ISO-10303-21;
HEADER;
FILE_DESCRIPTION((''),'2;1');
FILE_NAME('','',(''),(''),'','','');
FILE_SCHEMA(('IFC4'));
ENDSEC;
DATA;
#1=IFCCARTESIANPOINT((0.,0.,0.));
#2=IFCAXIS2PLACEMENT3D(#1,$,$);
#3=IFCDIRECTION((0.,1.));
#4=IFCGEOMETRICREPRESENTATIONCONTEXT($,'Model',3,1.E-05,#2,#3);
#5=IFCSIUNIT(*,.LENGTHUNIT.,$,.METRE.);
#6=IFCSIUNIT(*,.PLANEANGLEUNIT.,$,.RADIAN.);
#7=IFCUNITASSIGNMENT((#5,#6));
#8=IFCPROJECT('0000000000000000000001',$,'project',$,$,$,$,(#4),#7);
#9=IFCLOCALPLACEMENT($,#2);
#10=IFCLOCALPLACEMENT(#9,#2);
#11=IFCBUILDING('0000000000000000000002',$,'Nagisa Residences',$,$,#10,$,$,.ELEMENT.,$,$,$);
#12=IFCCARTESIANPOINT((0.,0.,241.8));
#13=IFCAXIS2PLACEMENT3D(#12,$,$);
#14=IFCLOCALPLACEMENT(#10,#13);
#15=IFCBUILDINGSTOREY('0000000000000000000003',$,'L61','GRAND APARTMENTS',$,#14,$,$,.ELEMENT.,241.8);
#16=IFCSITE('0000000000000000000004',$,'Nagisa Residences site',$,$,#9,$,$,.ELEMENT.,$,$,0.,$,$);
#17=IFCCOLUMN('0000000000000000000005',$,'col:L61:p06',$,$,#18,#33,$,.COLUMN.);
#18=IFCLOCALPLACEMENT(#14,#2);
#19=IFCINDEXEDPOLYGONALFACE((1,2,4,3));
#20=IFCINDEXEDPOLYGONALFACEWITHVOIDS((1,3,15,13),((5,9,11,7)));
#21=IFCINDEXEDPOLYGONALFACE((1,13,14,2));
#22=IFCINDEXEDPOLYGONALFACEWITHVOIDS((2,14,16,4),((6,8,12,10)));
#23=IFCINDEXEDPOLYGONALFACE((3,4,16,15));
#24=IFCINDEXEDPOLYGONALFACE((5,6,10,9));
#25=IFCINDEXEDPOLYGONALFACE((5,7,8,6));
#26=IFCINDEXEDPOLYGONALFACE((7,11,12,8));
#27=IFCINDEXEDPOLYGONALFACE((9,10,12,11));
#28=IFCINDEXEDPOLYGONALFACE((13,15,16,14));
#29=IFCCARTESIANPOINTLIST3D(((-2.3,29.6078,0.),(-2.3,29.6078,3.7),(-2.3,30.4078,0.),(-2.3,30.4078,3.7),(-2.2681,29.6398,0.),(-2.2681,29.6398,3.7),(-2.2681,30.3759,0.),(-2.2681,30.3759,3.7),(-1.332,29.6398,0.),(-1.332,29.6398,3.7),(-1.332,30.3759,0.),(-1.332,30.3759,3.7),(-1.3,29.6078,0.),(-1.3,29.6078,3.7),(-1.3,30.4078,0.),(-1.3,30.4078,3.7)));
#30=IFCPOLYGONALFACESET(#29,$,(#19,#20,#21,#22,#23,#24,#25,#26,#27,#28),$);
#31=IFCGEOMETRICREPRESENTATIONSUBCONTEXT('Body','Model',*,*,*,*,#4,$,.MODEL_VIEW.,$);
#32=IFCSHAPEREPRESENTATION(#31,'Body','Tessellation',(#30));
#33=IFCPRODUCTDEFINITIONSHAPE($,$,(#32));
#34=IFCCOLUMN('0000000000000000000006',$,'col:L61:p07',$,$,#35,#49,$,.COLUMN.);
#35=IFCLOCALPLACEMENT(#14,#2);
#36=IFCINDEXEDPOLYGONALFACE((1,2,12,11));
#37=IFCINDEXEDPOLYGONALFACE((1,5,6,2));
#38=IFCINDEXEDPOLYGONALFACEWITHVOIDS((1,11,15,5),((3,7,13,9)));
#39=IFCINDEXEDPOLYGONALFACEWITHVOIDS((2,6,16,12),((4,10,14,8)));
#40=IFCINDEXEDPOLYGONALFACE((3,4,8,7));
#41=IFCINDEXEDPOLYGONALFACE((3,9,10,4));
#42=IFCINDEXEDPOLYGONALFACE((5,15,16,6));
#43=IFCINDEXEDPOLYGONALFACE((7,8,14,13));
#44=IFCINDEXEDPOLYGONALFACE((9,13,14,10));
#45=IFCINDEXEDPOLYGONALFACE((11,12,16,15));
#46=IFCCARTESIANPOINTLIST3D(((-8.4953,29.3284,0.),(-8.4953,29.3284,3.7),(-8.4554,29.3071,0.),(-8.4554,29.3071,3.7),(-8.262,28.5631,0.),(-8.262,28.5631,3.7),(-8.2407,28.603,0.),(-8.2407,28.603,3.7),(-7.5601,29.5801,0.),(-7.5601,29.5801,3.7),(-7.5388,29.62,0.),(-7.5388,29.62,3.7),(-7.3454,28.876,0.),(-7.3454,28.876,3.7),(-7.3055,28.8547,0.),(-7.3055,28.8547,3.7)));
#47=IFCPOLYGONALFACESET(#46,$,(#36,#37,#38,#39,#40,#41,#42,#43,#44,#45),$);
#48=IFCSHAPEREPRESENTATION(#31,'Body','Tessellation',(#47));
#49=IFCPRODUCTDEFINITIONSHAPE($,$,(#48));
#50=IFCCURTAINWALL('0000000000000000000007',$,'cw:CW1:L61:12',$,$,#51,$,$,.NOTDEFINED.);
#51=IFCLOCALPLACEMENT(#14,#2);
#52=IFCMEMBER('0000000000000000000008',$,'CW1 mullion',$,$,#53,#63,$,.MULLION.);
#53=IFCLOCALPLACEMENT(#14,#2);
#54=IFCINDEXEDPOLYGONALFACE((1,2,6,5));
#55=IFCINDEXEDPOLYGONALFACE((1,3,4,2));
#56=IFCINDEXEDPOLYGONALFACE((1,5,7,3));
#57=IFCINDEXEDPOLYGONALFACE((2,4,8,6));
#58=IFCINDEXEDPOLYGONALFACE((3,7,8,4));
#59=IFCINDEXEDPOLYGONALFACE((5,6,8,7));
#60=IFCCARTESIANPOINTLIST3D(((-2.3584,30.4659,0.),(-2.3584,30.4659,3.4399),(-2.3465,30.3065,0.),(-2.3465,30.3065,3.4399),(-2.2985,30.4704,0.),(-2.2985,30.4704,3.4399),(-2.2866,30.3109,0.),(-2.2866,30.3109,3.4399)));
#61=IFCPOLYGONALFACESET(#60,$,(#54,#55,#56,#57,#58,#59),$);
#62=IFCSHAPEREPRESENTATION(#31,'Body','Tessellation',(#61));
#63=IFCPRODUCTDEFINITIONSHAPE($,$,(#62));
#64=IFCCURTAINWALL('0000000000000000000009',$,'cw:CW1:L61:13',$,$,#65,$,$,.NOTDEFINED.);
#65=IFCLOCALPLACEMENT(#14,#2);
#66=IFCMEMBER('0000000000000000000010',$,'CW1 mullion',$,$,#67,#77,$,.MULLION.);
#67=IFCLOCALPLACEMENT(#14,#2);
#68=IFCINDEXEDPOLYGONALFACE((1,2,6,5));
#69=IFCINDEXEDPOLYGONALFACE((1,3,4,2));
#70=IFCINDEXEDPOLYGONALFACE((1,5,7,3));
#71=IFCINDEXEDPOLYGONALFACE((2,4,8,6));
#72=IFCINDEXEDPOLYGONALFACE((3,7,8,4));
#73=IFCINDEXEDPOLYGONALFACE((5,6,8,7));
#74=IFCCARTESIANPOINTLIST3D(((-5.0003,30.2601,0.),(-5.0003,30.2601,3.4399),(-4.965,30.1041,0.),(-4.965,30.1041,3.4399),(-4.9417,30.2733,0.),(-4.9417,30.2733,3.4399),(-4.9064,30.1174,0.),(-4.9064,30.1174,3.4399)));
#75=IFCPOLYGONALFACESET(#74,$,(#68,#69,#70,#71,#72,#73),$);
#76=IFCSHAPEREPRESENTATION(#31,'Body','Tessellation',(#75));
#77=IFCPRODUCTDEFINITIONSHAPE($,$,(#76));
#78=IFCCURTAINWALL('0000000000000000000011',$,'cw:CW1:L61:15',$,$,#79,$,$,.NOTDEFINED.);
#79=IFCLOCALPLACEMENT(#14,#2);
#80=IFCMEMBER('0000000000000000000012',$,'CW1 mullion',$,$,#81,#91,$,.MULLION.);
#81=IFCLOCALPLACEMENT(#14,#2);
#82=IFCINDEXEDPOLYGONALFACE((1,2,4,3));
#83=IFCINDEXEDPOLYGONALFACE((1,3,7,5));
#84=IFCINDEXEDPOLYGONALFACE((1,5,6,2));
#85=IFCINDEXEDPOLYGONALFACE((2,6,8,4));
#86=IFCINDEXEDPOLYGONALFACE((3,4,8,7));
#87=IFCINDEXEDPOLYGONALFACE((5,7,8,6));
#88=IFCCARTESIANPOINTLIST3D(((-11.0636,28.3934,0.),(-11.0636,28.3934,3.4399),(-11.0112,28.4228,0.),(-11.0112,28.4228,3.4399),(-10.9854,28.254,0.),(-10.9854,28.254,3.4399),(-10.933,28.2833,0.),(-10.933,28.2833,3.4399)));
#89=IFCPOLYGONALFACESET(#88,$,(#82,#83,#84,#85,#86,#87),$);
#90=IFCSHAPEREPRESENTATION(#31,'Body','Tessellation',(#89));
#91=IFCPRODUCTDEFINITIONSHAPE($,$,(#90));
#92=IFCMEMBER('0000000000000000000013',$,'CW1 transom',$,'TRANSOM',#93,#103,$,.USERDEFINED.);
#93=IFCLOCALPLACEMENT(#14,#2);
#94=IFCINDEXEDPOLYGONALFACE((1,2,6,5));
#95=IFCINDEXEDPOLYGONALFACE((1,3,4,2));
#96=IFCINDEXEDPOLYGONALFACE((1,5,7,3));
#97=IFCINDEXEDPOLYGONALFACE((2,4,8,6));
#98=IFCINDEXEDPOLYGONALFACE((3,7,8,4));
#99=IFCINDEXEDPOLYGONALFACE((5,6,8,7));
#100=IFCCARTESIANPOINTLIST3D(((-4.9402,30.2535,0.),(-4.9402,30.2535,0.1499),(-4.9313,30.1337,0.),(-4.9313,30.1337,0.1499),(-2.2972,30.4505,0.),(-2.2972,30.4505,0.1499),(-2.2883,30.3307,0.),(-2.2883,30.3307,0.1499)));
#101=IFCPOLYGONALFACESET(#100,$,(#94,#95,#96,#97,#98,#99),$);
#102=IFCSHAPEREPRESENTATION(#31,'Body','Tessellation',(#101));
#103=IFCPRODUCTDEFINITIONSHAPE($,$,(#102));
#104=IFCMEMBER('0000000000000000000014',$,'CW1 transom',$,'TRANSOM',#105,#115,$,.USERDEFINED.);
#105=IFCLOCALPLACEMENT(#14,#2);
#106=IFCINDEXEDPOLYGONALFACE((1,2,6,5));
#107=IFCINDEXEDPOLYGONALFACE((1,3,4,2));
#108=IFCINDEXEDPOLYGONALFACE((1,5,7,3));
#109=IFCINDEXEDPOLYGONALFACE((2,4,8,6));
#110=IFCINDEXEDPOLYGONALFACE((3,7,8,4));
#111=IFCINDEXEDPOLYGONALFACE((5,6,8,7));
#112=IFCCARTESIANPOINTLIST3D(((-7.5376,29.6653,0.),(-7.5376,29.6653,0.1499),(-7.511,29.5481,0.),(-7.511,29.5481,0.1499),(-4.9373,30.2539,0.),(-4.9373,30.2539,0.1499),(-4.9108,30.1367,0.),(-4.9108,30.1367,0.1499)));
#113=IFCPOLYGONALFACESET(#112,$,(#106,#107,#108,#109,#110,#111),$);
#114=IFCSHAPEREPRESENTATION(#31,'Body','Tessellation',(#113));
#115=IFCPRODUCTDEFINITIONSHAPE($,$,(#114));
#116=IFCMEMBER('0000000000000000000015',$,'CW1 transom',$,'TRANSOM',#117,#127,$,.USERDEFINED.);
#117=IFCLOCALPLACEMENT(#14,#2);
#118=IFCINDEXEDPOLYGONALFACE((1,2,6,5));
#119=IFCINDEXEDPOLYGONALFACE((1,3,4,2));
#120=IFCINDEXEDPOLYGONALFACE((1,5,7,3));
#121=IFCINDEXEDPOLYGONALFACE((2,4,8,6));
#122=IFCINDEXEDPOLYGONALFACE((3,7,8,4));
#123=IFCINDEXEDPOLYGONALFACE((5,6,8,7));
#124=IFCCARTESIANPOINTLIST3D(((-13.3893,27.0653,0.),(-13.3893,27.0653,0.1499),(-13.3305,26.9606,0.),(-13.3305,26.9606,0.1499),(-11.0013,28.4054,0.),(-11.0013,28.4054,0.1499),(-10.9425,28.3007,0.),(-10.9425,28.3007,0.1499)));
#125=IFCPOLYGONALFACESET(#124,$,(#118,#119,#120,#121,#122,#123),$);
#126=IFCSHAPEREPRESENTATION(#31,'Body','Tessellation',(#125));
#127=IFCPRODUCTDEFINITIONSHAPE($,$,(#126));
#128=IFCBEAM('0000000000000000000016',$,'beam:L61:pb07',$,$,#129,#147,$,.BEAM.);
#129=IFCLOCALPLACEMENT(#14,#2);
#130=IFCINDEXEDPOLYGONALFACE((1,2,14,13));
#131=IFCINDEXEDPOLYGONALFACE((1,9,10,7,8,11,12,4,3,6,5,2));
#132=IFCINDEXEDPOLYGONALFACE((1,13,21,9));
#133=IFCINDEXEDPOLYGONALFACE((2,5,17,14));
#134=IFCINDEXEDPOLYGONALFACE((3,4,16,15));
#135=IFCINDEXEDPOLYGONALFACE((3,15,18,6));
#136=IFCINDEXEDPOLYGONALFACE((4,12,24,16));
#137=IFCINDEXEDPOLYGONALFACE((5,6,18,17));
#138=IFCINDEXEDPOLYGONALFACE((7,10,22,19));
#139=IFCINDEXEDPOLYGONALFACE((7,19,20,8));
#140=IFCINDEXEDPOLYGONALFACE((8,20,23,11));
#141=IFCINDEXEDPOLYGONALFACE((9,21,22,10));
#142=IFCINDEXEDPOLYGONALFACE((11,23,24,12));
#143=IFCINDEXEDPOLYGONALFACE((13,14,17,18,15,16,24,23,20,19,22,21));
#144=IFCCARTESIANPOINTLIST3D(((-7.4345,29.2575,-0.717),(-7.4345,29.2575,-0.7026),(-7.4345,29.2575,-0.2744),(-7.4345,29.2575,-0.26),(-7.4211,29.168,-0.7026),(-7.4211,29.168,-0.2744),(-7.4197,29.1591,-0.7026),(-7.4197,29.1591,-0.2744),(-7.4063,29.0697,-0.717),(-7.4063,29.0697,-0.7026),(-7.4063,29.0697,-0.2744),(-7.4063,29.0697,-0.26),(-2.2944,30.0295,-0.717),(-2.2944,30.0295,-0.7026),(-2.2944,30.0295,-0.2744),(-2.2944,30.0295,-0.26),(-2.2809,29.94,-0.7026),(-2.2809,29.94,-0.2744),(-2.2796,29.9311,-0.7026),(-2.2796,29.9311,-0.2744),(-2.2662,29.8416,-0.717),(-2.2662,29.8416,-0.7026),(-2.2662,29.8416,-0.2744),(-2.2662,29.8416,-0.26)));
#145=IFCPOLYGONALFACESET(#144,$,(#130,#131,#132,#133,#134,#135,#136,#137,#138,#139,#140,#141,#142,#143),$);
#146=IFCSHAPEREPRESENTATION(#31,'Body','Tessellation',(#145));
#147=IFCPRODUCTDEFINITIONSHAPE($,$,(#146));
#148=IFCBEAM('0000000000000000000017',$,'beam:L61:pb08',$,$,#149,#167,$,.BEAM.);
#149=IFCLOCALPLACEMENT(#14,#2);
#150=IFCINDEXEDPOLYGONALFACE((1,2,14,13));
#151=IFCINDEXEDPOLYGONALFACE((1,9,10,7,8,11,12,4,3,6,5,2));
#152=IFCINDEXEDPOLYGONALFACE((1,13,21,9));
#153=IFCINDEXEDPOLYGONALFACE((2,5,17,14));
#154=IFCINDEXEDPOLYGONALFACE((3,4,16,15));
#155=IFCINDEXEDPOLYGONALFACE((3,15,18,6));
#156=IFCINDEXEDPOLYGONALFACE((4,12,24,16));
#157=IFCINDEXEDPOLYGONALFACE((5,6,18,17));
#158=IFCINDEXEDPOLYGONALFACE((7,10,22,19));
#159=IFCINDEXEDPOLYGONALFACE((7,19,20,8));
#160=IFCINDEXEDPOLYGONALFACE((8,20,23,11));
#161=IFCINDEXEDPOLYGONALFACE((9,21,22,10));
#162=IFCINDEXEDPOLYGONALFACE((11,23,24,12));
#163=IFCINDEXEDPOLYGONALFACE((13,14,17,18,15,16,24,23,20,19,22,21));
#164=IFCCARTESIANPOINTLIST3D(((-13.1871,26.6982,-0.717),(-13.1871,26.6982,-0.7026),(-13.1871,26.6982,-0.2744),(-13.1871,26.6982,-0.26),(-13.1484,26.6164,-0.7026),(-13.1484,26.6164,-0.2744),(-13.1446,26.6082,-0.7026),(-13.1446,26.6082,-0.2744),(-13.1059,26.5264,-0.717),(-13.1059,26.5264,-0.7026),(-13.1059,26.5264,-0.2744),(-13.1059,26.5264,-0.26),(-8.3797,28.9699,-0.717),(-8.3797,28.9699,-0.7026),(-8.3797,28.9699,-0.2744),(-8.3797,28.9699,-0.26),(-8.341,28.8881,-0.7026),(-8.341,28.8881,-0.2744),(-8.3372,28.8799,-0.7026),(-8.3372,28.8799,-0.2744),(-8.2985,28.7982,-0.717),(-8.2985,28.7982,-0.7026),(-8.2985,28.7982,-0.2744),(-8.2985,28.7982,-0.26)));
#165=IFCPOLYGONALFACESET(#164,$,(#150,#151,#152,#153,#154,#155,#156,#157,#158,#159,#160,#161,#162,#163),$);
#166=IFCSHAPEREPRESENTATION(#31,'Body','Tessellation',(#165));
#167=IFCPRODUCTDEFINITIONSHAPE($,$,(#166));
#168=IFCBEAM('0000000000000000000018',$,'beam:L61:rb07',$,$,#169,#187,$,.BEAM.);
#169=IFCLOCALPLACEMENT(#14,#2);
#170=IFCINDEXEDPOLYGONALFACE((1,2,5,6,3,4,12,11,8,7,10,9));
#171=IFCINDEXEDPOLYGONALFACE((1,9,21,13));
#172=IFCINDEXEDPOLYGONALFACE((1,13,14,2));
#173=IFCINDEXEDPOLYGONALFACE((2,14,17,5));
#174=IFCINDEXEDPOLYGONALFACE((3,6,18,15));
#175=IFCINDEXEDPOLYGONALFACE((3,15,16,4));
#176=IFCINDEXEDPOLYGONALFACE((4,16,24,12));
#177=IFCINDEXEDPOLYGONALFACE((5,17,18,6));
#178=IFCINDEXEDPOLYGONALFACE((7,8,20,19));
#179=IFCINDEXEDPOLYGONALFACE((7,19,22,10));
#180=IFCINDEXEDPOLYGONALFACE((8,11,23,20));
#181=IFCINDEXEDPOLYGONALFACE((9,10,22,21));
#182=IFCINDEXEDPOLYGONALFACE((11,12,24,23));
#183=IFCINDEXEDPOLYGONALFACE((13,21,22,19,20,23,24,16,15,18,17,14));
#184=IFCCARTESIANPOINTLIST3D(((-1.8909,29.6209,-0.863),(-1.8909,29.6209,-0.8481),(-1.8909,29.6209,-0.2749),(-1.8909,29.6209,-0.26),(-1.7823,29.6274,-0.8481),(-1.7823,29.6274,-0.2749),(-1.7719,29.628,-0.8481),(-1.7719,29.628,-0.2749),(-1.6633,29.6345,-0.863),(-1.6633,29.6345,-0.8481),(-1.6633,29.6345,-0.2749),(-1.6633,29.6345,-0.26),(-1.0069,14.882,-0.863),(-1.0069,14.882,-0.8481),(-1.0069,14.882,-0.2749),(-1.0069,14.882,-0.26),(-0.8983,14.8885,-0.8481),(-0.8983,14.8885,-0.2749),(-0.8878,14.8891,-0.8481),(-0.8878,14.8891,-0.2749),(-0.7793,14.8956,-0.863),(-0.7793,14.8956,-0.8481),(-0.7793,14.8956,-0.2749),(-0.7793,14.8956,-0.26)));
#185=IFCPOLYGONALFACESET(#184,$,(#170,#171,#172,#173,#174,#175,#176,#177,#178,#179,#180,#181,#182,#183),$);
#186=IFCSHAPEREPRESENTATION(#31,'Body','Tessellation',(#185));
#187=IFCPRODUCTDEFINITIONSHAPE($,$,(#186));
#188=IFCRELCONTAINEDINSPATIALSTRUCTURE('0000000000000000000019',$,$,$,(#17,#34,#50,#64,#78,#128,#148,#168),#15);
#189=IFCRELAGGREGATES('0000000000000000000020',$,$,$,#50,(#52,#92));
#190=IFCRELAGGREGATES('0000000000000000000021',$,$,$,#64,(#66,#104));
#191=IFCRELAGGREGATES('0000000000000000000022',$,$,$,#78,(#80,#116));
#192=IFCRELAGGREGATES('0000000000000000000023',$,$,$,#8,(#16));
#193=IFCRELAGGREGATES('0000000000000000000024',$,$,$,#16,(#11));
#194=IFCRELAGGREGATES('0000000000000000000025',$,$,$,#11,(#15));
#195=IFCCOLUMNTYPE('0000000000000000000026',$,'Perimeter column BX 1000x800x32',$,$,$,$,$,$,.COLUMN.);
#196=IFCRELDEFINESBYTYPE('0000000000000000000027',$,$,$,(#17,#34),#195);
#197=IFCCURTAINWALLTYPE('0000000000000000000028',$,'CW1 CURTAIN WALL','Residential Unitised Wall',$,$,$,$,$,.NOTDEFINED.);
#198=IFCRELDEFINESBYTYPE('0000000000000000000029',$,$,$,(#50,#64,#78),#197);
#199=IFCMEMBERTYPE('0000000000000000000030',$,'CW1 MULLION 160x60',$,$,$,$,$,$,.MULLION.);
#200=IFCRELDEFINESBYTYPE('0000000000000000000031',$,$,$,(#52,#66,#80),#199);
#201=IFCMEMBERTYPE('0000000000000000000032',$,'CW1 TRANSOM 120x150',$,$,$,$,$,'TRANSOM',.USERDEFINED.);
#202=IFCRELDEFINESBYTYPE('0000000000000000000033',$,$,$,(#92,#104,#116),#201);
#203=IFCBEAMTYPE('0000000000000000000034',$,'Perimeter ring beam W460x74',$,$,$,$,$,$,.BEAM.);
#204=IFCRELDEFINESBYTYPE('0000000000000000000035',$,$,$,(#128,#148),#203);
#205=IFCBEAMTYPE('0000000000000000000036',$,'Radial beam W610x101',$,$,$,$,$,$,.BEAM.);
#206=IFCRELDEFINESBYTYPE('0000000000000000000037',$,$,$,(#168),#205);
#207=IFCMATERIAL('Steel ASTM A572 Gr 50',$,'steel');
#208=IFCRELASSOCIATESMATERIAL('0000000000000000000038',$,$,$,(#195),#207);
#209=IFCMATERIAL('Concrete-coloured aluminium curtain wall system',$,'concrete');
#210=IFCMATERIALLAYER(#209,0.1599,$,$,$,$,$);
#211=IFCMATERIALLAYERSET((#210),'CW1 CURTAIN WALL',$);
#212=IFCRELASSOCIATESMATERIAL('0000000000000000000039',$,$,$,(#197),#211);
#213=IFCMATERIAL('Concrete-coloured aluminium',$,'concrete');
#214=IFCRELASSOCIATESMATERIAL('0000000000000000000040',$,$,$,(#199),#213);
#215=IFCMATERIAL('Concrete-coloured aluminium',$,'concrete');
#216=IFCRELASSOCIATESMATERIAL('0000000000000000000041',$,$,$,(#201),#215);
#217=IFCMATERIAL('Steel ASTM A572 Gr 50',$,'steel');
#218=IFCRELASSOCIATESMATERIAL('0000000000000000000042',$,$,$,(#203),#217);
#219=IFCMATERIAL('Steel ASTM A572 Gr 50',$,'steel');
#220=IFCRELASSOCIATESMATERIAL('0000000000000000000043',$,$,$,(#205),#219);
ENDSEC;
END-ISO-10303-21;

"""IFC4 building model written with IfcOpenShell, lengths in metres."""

from ifc_helpers import new_model, si_unit, direction, frame, origin, origin_2d, place, context, subcontext, project, spatial, rectangle, hollow_rectangle, i_section, extrude, material, layer, layer_set, material_profile, profile_set, type_object, element, aggregate, save


model = new_model("IFC4")

# Units and contexts
model_context = context("Model", 3, precision=1e-05, world=origin(), true_north=direction((0.0, 1.0)))
body_context = subcontext(model_context, "Body", "Model", "MODEL_VIEW")
ifc_project = project(units=[si_unit("LENGTHUNIT", "METRE"), si_unit("PLANEANGLEUNIT", "RADIAN")], contexts=[model_context])

# Site, building, storey
site_placement = place(None, origin())
site = spatial("IfcSite", under=ifc_project, at=site_placement, Name="Nagisa Residences site", CompositionType="ELEMENT", RefElevation=0.0)
building_placement = place(site_placement, origin())
building = spatial("IfcBuilding", under=site, at=building_placement, Name="Nagisa Residences", CompositionType="ELEMENT")
storey_placement = place(building_placement, frame((0.0, 0.0, 241.8)))
storey = spatial("IfcBuildingStorey", under=building, at=storey_placement, Name="L61", Description="GRAND APARTMENTS", CompositionType="ELEMENT", Elevation=241.8)

# Columns
ifc_material_1 = material(Name="Steel ASTM A572 Gr 50", Category="steel")
ifc_material_profile_1 = material_profile(ifc_material_1, hollow_rectangle(XDim=1.0, YDim=0.8, WallThickness=0.032, at=origin_2d()), Name="BX 1000x800x32")
ifc_profile_set_1 = profile_set([ifc_material_profile_1], Name="Steel ASTM A572 Gr 50")
column_type = type_object("IfcColumnType", Name="Perimeter column BX 1000x800x32", PredefinedType="COLUMN", material=ifc_profile_set_1)
for number, where, z_axis, x_axis, name in (
    (1, (-1.8, 30.0078, 0.0), (0.0, 0.0, 1.0), (-1.0, 0.0, 0.0), "col:L61:p06"),
    (2, (-7.9004, 29.0916, 0.0), (0.0, 0.0, 1.0), (-0.956525, -0.291652, 0.0), "col:L61:p07"),
):
    element("IfcColumn", number, at=place(storey_placement, frame(where, z_axis=z_axis, x_axis=x_axis)), inside=storey, type_object=column_type, Name=name, PredefinedType="COLUMN", context=body_context, shape_type="SweptSolid", body=[
        extrude(hollow_rectangle(XDim=1.0, YDim=0.8, WallThickness=0.032, at=origin_2d()), origin(), (0.0, 0.0, 1.0), 3.7),
    ])

# Curtain walls, members
ifc_material_2 = material(Name="Concrete-coloured aluminium curtain wall system", Category="concrete")
ifc_layer_1 = layer(ifc_material_2, 0.1599)
ifc_layer_set_1 = layer_set([ifc_layer_1], Name="CW1 CURTAIN WALL")
curtain_wall_type = type_object("IfcCurtainWallType", Name="CW1 CURTAIN WALL", Description="Residential Unitised Wall", PredefinedType="NOTDEFINED", material=ifc_layer_set_1)
curtain_wall_1_placement = place(storey_placement, origin())
curtain_wall_1 = element("IfcCurtainWall", 3, at=curtain_wall_1_placement, inside=storey, type_object=curtain_wall_type, Name="cw:CW1:L61:12", PredefinedType="NOTDEFINED")
ifc_material_3 = material(Name="Concrete-coloured aluminium", Category="concrete")
ifc_material_profile_2 = material_profile(ifc_material_3, rectangle(XDim=0.1599, YDim=0.0601, at=origin_2d()), Name="CW1 MULLION 160x60")
ifc_profile_set_2 = profile_set([ifc_material_profile_2], Name="Concrete-coloured aluminium")
member_type_1 = type_object("IfcMemberType", Name="CW1 MULLION 160x60", PredefinedType="MULLION", material=ifc_profile_set_2)
member_1_placement = place(storey_placement, frame((-2.3225, 30.3884, 0.0), z_axis=(0.0, 0.0, 1.0), x_axis=(0.074377, -0.99723, 0.0)))
member_1 = element("IfcMember", 4, at=member_1_placement, type_object=member_type_1, Name="CW1 mullion", PredefinedType="MULLION", context=body_context, shape_type="SweptSolid", body=[
    extrude(rectangle(XDim=0.1599, YDim=0.0601, at=origin_2d()), origin(), (0.0, 0.0, 1.0), 3.4399),
])
curtain_wall_2_placement = place(storey_placement, origin())
curtain_wall_2 = element("IfcCurtainWall", 5, at=curtain_wall_2_placement, inside=storey, type_object=curtain_wall_type, Name="cw:CW1:L61:13", PredefinedType="NOTDEFINED")
member_2_placement = place(storey_placement, frame((-4.9534, 30.1887, 0.0), z_axis=(0.0, 0.0, 1.0), x_axis=(0.220764, -0.975327, 0.0)))
member_2 = element("IfcMember", 6, at=member_2_placement, type_object=member_type_1, Name="CW1 mullion", PredefinedType="MULLION", context=body_context, shape_type="SweptSolid", body=[
    extrude(rectangle(XDim=0.1599, YDim=0.0601, at=origin_2d()), origin(), (0.0, 0.0, 1.0), 3.4399),
])
curtain_wall_3_placement = place(storey_placement, origin())
curtain_wall_3 = element("IfcCurtainWall", 7, at=curtain_wall_3_placement, inside=storey, type_object=curtain_wall_type, Name="cw:CW1:L61:15", PredefinedType="NOTDEFINED")
member_3_placement = place(storey_placement, frame((-10.9983, 28.3384, 0.0), z_axis=(0.0, 0.0, 1.0), x_axis=(0.489377, -0.872072, 0.0)))
member_3 = element("IfcMember", 8, at=member_3_placement, type_object=member_type_1, Name="CW1 mullion", PredefinedType="MULLION", context=body_context, shape_type="SweptSolid", body=[
    extrude(rectangle(XDim=0.1599, YDim=0.0601, at=origin_2d()), origin(), (0.0, 0.0, 1.0), 3.4399),
])

# Members
ifc_material_4 = material(Name="Concrete-coloured aluminium", Category="concrete")
ifc_material_profile_3 = material_profile(ifc_material_4, rectangle(XDim=0.1201, YDim=0.1499, at=origin_2d()), Name="CW1 TRANSOM 120x150")
ifc_profile_set_3 = profile_set([ifc_material_profile_3], Name="Concrete-coloured aluminium")
member_type_2 = type_object("IfcMemberType", Name="CW1 TRANSOM 120x150", ElementType="TRANSOM", PredefinedType="USERDEFINED", material=ifc_profile_set_3)
member_4_placement = place(storey_placement, frame((-2.2927, 30.3906, 0.075), z_axis=(-0.997233, -0.074337, 0.0), x_axis=(0.074337, -0.997233, 0.0)))
member_4 = element("IfcMember", 9, at=member_4_placement, type_object=member_type_2, Name="CW1 transom", ObjectType="TRANSOM", PredefinedType="USERDEFINED", context=body_context, shape_type="SweptSolid", body=[
    extrude(rectangle(XDim=0.1201, YDim=0.1499, at=origin_2d()), origin(), (0.0, 0.0, 1.0), 2.6504),
])
member_5_placement = place(storey_placement, frame((-4.9241, 30.1953, 0.075), z_axis=(-0.975324, -0.220778, 0.0), x_axis=(0.220778, -0.975324, 0.0)))
member_5 = element("IfcMember", 10, at=member_5_placement, type_object=member_type_2, Name="CW1 transom", ObjectType="TRANSOM", PredefinedType="USERDEFINED", context=body_context, shape_type="SweptSolid", body=[
    extrude(rectangle(XDim=0.1201, YDim=0.1499, at=origin_2d()), origin(), (0.0, 0.0, 1.0), 2.666),
])
member_6_placement = place(storey_placement, frame((-10.9719, 28.353, 0.075), z_axis=(-0.872063, -0.489393, 0.0), x_axis=(0.489393, -0.872063, 0.0)))
member_6 = element("IfcMember", 11, at=member_6_placement, type_object=member_type_2, Name="CW1 transom", ObjectType="TRANSOM", PredefinedType="USERDEFINED", context=body_context, shape_type="SweptSolid", body=[
    extrude(rectangle(XDim=0.1201, YDim=0.1499, at=origin_2d()), origin(), (0.0, 0.0, 1.0), 2.7383),
])

# Beams
ifc_material_5 = material(Name="Steel ASTM A572 Gr 50", Category="steel")
ifc_material_profile_4 = material_profile(ifc_material_5, i_section(OverallWidth=0.1899, OverallDepth=0.457, WebThickness=0.009, FlangeThickness=0.0144, at=origin_2d()), Name="W460x74")
ifc_profile_set_4 = profile_set([ifc_material_profile_4], Name="Steel ASTM A572 Gr 50")
beam_type_1 = type_object("IfcBeamType", Name="Perimeter ring beam W460x74", PredefinedType="BEAM", material=ifc_profile_set_4)
beam_1_placement = place(storey_placement, frame((-2.2803, 29.9355, -0.4885), z_axis=(-0.988909, -0.14852, 0.0), x_axis=(0.14852, -0.988909, 0.0)))
element("IfcBeam", 12, at=beam_1_placement, inside=storey, type_object=beam_type_1, Name="beam:L61:pb07", PredefinedType="BEAM", context=body_context, shape_type="SweptSolid", body=[
    extrude(i_section(OverallWidth=0.1899, OverallDepth=0.457, WebThickness=0.009, FlangeThickness=0.0144, at=origin_2d()), origin(), (0.0, 0.0, 1.0), 5.1978),
])
beam_2_placement = place(storey_placement, frame((-8.3391, 28.884, -0.4885), z_axis=(-0.904134, -0.427249, 0.0), x_axis=(0.427249, -0.904134, 0.0)))
element("IfcBeam", 13, at=beam_2_placement, inside=storey, type_object=beam_type_1, Name="beam:L61:pb08", PredefinedType="BEAM", context=body_context, shape_type="SweptSolid", body=[
    extrude(i_section(OverallWidth=0.1899, OverallDepth=0.457, WebThickness=0.009, FlangeThickness=0.0144, at=origin_2d()), origin(), (0.0, 0.0, 1.0), 5.3171),
])
ifc_material_6 = material(Name="Steel ASTM A572 Gr 50", Category="steel")
ifc_material_profile_5 = material_profile(ifc_material_6, i_section(OverallWidth=0.228, OverallDepth=0.603, WebThickness=0.0105, FlangeThickness=0.0149, at=origin_2d()), Name="W610x101")
ifc_profile_set_5 = profile_set([ifc_material_profile_5], Name="Steel ASTM A572 Gr 50")
beam_type_2 = type_object("IfcBeamType", Name="Radial beam W610x101", PredefinedType="BEAM", material=ifc_profile_set_5)
beam_3_placement = place(storey_placement, frame((-1.7771, 29.6277, -0.5615), z_axis=(0.059872, -0.998206, 0.0), x_axis=(0.998206, 0.059872, 0.0)))
element("IfcBeam", 14, at=beam_3_placement, inside=storey, type_object=beam_type_2, Name="beam:L61:rb07", PredefinedType="BEAM", context=body_context, shape_type="SweptSolid", body=[
    extrude(i_section(OverallWidth=0.228, OverallDepth=0.603, WebThickness=0.0105, FlangeThickness=0.0149, at=origin_2d()), origin(), (0.0, 0.0, 1.0), 14.7654),
])

aggregate(curtain_wall_1, [member_1, member_4])
aggregate(curtain_wall_2, [member_2, member_5])
aggregate(curtain_wall_3, [member_3, member_6])

save(model, "model.ifc")
